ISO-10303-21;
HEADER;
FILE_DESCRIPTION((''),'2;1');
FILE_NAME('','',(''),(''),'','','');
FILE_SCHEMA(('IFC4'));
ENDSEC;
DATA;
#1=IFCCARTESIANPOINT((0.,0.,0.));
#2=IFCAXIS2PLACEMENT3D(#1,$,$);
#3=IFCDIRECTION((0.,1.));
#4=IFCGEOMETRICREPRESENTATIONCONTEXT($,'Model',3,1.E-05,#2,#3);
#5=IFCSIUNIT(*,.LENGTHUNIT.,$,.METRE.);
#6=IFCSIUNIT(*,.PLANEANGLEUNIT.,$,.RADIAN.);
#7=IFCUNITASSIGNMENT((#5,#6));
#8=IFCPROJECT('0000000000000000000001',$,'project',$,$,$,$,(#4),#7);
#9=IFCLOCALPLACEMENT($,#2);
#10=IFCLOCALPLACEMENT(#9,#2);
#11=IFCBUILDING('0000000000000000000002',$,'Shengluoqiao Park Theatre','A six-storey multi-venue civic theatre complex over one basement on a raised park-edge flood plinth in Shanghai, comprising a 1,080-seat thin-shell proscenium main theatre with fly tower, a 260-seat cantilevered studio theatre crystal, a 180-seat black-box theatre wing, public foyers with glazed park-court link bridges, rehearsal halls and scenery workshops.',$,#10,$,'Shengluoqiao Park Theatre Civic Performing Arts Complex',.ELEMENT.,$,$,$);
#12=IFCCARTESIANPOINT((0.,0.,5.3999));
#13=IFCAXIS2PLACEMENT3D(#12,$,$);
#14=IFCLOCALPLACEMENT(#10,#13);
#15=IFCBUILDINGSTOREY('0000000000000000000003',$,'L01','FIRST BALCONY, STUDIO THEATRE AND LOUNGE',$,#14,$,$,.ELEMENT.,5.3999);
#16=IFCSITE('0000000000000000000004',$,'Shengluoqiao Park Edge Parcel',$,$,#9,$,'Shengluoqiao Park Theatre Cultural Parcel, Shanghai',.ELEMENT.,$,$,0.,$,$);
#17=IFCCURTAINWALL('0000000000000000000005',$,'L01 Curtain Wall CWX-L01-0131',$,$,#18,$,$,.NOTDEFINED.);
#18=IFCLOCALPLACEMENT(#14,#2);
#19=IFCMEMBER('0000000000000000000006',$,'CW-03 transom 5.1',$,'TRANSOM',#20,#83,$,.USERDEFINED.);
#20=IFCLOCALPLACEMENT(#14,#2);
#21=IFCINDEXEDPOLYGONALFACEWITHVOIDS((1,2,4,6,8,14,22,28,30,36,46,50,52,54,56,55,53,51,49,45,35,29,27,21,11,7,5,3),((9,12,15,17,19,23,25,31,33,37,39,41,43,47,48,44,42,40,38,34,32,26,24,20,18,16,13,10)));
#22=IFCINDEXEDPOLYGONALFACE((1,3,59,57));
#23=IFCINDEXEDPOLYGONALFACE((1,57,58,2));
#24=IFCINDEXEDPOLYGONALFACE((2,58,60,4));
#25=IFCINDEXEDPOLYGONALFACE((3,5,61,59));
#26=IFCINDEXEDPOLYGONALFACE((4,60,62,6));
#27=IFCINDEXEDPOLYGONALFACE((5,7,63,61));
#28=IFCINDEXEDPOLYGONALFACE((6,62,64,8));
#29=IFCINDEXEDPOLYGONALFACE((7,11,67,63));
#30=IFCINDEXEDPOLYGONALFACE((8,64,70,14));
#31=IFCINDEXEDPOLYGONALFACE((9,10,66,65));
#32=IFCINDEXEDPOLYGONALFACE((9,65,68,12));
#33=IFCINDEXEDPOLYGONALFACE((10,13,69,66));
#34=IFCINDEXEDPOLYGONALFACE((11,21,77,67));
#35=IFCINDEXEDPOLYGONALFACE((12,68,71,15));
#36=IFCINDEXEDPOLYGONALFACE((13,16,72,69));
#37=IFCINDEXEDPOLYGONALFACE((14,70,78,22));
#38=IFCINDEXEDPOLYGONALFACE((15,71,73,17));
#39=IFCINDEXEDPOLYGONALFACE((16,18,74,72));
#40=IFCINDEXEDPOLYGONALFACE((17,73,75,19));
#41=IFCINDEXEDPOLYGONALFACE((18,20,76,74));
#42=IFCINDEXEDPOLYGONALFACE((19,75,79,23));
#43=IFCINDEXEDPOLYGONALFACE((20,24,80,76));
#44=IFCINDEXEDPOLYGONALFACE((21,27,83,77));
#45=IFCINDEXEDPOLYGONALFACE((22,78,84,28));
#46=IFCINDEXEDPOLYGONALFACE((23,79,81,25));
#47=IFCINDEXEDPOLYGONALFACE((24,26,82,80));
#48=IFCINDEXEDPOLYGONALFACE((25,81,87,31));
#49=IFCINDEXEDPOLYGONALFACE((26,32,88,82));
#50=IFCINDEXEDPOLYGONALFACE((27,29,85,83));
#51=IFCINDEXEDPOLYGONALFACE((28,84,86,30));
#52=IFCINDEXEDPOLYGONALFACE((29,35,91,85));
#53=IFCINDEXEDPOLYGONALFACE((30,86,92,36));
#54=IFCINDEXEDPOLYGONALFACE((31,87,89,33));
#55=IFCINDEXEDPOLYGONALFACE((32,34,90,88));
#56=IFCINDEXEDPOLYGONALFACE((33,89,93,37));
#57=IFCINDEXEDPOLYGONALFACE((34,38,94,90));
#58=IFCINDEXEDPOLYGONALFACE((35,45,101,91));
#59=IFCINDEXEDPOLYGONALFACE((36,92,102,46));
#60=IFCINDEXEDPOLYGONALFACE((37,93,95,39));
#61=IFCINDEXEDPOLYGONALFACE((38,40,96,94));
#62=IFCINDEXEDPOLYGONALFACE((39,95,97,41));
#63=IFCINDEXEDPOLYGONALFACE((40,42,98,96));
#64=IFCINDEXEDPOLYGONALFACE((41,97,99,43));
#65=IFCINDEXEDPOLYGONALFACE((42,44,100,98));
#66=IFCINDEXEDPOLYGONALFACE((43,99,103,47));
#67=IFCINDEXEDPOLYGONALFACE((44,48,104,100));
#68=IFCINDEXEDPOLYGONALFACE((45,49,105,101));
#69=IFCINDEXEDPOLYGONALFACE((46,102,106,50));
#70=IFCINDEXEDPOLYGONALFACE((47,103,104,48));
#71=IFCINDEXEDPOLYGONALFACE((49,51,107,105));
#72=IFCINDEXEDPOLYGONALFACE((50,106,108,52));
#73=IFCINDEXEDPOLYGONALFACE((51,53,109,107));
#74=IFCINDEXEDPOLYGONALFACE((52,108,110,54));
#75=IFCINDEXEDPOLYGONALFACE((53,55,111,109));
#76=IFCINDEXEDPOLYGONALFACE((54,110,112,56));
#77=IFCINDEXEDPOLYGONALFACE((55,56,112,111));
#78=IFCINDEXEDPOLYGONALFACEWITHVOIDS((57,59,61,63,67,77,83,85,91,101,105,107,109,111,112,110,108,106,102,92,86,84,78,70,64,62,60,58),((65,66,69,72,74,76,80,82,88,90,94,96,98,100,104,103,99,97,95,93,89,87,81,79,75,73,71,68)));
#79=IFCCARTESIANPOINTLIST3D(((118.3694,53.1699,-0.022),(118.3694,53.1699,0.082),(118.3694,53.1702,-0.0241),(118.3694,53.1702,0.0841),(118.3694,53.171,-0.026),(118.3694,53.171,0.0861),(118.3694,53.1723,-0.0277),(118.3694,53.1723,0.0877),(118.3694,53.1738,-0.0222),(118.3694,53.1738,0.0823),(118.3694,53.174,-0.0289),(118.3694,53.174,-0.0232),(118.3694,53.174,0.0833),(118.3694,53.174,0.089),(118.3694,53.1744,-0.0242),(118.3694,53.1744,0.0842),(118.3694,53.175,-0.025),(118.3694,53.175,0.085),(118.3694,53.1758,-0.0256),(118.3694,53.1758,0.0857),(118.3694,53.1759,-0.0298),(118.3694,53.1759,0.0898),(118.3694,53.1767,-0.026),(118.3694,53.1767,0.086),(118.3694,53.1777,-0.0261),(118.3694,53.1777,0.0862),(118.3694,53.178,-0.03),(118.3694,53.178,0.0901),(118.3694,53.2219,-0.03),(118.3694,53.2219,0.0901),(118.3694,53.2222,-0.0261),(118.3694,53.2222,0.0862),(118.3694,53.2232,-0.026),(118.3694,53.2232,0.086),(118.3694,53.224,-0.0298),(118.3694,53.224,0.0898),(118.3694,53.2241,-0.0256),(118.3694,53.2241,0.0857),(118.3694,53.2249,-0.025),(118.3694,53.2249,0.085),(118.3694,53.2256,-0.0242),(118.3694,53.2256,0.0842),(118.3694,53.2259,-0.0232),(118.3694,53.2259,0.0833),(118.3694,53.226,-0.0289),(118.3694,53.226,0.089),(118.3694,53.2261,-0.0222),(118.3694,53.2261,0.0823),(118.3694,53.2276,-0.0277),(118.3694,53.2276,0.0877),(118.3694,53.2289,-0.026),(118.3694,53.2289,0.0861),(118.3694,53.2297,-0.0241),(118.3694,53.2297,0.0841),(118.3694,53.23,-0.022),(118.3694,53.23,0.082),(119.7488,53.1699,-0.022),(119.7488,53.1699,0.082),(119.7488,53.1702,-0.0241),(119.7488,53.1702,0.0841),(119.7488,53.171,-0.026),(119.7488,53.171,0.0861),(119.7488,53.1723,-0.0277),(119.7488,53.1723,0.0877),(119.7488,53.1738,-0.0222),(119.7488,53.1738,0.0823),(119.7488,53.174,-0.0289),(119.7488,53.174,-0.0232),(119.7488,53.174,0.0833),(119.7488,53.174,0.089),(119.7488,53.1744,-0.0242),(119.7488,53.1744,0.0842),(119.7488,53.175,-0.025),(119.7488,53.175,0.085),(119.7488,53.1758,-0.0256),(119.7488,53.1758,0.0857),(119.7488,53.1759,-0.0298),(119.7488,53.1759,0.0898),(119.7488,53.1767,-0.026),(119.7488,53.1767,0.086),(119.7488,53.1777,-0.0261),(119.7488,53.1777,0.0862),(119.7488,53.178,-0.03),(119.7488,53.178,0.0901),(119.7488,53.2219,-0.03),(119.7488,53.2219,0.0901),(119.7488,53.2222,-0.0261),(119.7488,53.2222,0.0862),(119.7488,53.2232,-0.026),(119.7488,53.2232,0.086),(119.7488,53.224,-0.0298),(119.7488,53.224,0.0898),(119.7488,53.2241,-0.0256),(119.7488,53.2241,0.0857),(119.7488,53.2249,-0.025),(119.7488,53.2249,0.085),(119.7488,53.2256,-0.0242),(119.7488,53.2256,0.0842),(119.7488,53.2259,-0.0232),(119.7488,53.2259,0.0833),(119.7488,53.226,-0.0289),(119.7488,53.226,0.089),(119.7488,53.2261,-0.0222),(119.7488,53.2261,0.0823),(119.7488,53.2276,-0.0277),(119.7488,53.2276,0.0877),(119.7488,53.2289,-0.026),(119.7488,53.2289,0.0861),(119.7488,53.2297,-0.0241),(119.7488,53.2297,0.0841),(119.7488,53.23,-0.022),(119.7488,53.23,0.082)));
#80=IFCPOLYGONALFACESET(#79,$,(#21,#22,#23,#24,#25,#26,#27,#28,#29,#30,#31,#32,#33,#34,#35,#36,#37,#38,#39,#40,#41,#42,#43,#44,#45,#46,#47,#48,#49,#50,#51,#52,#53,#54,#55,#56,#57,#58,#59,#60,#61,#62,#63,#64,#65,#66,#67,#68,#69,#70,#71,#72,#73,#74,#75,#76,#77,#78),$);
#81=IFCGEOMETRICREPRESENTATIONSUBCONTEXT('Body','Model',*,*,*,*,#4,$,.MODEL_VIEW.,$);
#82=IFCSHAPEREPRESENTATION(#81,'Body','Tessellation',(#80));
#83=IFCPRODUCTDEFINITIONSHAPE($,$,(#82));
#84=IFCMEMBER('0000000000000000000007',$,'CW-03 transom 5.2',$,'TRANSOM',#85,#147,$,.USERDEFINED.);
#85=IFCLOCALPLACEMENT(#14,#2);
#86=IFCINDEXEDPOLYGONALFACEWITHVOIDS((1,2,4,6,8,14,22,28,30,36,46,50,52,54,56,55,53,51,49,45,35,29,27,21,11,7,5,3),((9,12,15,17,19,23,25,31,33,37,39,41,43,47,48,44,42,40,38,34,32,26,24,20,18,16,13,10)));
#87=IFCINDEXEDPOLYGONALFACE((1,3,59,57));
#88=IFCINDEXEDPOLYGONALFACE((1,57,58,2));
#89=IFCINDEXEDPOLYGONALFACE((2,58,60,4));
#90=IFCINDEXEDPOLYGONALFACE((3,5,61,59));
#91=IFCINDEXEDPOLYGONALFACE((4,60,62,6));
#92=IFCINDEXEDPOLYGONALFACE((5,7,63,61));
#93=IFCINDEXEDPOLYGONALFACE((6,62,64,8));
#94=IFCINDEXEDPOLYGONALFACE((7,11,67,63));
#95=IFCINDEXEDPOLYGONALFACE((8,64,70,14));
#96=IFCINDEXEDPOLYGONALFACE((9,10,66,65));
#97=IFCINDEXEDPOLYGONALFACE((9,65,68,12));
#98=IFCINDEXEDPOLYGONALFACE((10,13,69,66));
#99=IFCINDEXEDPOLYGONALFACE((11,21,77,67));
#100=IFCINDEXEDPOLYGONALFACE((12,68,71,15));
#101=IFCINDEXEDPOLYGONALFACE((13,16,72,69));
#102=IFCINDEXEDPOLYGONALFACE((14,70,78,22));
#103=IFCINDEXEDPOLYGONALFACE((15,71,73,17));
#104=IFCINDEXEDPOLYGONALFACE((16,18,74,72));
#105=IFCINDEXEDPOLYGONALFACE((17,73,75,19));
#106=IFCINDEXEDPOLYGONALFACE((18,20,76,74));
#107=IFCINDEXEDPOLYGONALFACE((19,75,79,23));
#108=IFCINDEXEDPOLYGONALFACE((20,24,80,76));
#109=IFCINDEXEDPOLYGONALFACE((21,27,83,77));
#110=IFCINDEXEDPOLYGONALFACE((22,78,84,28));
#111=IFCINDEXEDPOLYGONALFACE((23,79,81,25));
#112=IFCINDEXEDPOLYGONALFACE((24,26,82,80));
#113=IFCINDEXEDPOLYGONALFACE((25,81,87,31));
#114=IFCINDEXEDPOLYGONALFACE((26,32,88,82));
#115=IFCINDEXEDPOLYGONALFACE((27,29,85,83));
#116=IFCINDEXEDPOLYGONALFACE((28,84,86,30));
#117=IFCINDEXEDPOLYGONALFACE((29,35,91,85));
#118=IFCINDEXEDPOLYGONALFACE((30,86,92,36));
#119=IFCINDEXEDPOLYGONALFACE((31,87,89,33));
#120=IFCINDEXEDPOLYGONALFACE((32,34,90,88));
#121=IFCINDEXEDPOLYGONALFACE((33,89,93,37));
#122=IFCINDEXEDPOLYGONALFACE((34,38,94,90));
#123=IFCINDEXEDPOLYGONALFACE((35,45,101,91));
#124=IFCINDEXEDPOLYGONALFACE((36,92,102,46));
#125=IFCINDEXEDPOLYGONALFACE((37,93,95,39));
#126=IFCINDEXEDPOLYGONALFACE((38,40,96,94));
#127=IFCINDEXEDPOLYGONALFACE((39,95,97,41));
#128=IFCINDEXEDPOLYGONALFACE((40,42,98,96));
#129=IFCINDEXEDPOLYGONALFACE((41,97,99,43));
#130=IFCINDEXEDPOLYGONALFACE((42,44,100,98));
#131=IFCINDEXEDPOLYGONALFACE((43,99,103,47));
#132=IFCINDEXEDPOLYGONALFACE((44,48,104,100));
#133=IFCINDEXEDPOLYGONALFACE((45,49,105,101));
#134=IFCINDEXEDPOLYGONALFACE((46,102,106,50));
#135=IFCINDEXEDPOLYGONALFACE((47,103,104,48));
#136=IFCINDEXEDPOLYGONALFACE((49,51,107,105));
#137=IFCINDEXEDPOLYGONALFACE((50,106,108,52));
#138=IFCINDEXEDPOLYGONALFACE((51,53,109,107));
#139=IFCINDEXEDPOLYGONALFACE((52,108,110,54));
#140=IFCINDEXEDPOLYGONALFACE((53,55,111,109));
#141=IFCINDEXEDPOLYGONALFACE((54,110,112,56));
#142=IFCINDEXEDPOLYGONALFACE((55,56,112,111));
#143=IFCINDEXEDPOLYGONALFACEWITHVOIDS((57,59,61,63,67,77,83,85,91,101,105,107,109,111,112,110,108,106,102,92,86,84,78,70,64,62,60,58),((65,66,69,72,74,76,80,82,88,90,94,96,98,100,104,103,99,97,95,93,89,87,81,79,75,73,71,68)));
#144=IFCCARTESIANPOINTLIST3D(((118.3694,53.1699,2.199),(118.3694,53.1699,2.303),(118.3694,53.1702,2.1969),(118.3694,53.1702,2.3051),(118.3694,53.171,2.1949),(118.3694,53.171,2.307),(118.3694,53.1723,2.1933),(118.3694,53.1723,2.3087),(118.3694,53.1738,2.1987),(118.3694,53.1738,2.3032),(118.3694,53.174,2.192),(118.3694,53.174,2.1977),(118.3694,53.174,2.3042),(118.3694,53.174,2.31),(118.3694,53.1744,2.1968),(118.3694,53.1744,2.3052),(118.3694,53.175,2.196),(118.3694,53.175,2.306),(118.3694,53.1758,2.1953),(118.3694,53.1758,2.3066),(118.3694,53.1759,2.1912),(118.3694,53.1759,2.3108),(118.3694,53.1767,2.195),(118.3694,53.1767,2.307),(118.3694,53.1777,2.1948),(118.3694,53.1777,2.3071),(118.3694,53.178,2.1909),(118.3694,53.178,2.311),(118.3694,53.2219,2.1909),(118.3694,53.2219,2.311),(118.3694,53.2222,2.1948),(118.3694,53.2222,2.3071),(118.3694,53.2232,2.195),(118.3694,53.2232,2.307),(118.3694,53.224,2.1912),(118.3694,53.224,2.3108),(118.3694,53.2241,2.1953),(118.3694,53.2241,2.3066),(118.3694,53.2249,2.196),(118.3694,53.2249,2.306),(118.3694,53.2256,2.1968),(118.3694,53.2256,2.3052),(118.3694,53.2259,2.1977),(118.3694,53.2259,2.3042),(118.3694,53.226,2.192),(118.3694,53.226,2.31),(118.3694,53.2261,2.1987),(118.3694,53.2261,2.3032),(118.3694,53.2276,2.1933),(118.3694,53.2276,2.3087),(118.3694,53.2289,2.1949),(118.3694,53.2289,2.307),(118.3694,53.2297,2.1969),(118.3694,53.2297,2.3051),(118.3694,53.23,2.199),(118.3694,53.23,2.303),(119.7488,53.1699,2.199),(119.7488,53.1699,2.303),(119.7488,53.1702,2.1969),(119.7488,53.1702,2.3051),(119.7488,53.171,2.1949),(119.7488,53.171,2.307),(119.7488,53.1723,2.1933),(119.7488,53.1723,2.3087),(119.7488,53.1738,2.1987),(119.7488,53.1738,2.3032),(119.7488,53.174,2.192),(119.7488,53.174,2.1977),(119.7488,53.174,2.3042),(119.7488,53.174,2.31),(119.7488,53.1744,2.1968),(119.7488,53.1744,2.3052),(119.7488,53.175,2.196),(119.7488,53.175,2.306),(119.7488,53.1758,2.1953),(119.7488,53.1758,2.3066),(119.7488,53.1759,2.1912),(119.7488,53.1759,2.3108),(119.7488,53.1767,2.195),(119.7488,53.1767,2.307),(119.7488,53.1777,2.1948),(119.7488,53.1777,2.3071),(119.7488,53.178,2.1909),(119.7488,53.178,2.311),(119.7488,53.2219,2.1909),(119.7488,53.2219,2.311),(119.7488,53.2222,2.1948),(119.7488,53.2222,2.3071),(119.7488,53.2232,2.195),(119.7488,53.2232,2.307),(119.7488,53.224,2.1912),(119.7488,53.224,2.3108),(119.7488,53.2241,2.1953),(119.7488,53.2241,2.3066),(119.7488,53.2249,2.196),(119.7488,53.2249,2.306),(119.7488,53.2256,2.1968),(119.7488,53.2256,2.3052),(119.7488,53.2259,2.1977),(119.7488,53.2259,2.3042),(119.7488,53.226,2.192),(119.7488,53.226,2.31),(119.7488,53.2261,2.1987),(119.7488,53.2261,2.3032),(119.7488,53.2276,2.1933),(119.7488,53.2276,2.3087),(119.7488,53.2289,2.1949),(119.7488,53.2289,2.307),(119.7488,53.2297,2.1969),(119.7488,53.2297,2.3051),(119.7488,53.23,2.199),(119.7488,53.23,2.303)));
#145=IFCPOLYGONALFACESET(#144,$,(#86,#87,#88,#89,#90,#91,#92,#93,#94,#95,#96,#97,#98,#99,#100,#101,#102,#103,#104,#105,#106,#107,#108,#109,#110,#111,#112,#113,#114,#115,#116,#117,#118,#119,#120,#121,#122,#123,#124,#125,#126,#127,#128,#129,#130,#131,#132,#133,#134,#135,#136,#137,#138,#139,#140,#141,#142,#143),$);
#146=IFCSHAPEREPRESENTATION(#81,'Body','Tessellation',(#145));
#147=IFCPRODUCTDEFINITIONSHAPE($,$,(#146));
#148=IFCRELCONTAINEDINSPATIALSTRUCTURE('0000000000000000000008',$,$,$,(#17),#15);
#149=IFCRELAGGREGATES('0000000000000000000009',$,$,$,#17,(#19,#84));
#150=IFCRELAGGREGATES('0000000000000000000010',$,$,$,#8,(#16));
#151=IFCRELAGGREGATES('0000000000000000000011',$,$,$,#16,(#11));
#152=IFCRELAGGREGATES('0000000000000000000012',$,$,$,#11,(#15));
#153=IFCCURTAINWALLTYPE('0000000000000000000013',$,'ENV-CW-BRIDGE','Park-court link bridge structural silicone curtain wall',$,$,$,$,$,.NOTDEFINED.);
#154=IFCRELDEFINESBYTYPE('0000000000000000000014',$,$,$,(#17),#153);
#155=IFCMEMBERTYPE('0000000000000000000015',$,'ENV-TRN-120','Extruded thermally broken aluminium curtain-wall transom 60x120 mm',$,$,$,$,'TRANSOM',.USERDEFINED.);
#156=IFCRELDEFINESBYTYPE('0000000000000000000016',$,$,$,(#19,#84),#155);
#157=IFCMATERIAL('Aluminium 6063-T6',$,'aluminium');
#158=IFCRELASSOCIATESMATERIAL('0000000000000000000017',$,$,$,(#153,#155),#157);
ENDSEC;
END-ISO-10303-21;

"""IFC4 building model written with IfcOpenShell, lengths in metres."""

from ifc_helpers import new_model, si_unit, direction, frame, origin, origin_2d, place, context, subcontext, project, spatial, hollow_rectangle, extrude, material, material_profile, profile_set, type_object, element, aggregate, save


model = new_model("IFC4")

# Units and contexts
model_context = context("Model", 3, precision=1e-05, world=origin(), true_north=direction((0.0, 1.0)))
body_context = subcontext(model_context, "Body", "Model", "MODEL_VIEW")
ifc_project = project(units=[si_unit("LENGTHUNIT", "METRE"), si_unit("PLANEANGLEUNIT", "RADIAN")], contexts=[model_context])

# Site, building, storey
site_placement = place(None, origin())
site = spatial("IfcSite", under=ifc_project, at=site_placement, Name="Shengluoqiao Park Edge Parcel", LongName="Shengluoqiao Park Theatre Cultural Parcel, Shanghai", CompositionType="ELEMENT", RefElevation=0.0)
building_placement = place(site_placement, origin())
building = spatial("IfcBuilding", under=site, at=building_placement, Name="Shengluoqiao Park Theatre", Description="A six-storey multi-venue civic theatre complex over one basement on a raised park-edge flood plinth in Shanghai, comprising a 1,080-seat thin-shell proscenium main theatre with fly tower, a 260-seat cantilevered studio theatre crystal, a 180-seat black-box theatre wing, public foyers with glazed park-court link bridges, rehearsal halls and scenery workshops.", LongName="Shengluoqiao Park Theatre Civic Performing Arts Complex", CompositionType="ELEMENT")
storey_placement = place(building_placement, frame((0.0, 0.0, 5.3999)))
storey = spatial("IfcBuildingStorey", under=building, at=storey_placement, Name="L01", Description="FIRST BALCONY, STUDIO THEATRE AND LOUNGE", CompositionType="ELEMENT", Elevation=5.3999)

# Curtain wall
ifc_material_1 = material(Name="Aluminium 6063-T6", Category="aluminium")
curtain_wall_type = type_object("IfcCurtainWallType", Name="ENV-CW-BRIDGE", Description="Park-court link bridge structural silicone curtain wall", PredefinedType="NOTDEFINED", material=ifc_material_1)
curtain_wall_1_placement = place(storey_placement, origin())
curtain_wall_1 = element("IfcCurtainWall", 1, at=curtain_wall_1_placement, inside=storey, type_object=curtain_wall_type, Name="L01 Curtain Wall CWX-L01-0131", PredefinedType="NOTDEFINED")

# Members
ifc_material_profile_1 = material_profile(ifc_material_1, hollow_rectangle(XDim=0.0601, YDim=0.1201, WallThickness=0.0039, InnerFilletRadius=0.0039, OuterFilletRadius=0.0081, at=origin_2d()), Name="ALU TRANSOM 120x60x4")
ifc_profile_set_1 = profile_set([ifc_material_profile_1], Name="Aluminium 6063-T6")
member_type_1 = type_object("IfcMemberType", Name="ENV-TRN-120", Description="Extruded thermally broken aluminium curtain-wall transom 60x120 mm", ElementType="TRANSOM", PredefinedType="USERDEFINED", material=ifc_profile_set_1)
member_1_placement = place(storey_placement, frame((118.3694, 53.2, 0.03), z_axis=(1.0, 0.0, 0.0), x_axis=(0.0, 1.0, 0.0)))
member_1 = element("IfcMember", 2, at=member_1_placement, type_object=member_type_1, Name="CW-03 transom 5.1", ObjectType="TRANSOM", PredefinedType="USERDEFINED", context=body_context, shape_type="SweptSolid", body=[
    extrude(hollow_rectangle(XDim=0.0601, YDim=0.1201, WallThickness=0.0039, InnerFilletRadius=0.0039, OuterFilletRadius=0.0081, at=origin_2d()), origin(), (0.0, 0.0, 1.0), 1.3794),
])
member_2_placement = place(storey_placement, frame((118.3694, 53.2, 2.251), z_axis=(1.0, 0.0, 0.0), x_axis=(0.0, 1.0, 0.0)))
member_2 = element("IfcMember", 3, at=member_2_placement, type_object=member_type_1, Name="CW-03 transom 5.2", ObjectType="TRANSOM", PredefinedType="USERDEFINED", context=body_context, shape_type="SweptSolid", body=[
    extrude(hollow_rectangle(XDim=0.0601, YDim=0.1201, WallThickness=0.0039, InnerFilletRadius=0.0039, OuterFilletRadius=0.0081, at=origin_2d()), origin(), (0.0, 0.0, 1.0), 1.3794),
])

aggregate(curtain_wall_1, [member_1, member_2])

save(model, "model.ifc")
